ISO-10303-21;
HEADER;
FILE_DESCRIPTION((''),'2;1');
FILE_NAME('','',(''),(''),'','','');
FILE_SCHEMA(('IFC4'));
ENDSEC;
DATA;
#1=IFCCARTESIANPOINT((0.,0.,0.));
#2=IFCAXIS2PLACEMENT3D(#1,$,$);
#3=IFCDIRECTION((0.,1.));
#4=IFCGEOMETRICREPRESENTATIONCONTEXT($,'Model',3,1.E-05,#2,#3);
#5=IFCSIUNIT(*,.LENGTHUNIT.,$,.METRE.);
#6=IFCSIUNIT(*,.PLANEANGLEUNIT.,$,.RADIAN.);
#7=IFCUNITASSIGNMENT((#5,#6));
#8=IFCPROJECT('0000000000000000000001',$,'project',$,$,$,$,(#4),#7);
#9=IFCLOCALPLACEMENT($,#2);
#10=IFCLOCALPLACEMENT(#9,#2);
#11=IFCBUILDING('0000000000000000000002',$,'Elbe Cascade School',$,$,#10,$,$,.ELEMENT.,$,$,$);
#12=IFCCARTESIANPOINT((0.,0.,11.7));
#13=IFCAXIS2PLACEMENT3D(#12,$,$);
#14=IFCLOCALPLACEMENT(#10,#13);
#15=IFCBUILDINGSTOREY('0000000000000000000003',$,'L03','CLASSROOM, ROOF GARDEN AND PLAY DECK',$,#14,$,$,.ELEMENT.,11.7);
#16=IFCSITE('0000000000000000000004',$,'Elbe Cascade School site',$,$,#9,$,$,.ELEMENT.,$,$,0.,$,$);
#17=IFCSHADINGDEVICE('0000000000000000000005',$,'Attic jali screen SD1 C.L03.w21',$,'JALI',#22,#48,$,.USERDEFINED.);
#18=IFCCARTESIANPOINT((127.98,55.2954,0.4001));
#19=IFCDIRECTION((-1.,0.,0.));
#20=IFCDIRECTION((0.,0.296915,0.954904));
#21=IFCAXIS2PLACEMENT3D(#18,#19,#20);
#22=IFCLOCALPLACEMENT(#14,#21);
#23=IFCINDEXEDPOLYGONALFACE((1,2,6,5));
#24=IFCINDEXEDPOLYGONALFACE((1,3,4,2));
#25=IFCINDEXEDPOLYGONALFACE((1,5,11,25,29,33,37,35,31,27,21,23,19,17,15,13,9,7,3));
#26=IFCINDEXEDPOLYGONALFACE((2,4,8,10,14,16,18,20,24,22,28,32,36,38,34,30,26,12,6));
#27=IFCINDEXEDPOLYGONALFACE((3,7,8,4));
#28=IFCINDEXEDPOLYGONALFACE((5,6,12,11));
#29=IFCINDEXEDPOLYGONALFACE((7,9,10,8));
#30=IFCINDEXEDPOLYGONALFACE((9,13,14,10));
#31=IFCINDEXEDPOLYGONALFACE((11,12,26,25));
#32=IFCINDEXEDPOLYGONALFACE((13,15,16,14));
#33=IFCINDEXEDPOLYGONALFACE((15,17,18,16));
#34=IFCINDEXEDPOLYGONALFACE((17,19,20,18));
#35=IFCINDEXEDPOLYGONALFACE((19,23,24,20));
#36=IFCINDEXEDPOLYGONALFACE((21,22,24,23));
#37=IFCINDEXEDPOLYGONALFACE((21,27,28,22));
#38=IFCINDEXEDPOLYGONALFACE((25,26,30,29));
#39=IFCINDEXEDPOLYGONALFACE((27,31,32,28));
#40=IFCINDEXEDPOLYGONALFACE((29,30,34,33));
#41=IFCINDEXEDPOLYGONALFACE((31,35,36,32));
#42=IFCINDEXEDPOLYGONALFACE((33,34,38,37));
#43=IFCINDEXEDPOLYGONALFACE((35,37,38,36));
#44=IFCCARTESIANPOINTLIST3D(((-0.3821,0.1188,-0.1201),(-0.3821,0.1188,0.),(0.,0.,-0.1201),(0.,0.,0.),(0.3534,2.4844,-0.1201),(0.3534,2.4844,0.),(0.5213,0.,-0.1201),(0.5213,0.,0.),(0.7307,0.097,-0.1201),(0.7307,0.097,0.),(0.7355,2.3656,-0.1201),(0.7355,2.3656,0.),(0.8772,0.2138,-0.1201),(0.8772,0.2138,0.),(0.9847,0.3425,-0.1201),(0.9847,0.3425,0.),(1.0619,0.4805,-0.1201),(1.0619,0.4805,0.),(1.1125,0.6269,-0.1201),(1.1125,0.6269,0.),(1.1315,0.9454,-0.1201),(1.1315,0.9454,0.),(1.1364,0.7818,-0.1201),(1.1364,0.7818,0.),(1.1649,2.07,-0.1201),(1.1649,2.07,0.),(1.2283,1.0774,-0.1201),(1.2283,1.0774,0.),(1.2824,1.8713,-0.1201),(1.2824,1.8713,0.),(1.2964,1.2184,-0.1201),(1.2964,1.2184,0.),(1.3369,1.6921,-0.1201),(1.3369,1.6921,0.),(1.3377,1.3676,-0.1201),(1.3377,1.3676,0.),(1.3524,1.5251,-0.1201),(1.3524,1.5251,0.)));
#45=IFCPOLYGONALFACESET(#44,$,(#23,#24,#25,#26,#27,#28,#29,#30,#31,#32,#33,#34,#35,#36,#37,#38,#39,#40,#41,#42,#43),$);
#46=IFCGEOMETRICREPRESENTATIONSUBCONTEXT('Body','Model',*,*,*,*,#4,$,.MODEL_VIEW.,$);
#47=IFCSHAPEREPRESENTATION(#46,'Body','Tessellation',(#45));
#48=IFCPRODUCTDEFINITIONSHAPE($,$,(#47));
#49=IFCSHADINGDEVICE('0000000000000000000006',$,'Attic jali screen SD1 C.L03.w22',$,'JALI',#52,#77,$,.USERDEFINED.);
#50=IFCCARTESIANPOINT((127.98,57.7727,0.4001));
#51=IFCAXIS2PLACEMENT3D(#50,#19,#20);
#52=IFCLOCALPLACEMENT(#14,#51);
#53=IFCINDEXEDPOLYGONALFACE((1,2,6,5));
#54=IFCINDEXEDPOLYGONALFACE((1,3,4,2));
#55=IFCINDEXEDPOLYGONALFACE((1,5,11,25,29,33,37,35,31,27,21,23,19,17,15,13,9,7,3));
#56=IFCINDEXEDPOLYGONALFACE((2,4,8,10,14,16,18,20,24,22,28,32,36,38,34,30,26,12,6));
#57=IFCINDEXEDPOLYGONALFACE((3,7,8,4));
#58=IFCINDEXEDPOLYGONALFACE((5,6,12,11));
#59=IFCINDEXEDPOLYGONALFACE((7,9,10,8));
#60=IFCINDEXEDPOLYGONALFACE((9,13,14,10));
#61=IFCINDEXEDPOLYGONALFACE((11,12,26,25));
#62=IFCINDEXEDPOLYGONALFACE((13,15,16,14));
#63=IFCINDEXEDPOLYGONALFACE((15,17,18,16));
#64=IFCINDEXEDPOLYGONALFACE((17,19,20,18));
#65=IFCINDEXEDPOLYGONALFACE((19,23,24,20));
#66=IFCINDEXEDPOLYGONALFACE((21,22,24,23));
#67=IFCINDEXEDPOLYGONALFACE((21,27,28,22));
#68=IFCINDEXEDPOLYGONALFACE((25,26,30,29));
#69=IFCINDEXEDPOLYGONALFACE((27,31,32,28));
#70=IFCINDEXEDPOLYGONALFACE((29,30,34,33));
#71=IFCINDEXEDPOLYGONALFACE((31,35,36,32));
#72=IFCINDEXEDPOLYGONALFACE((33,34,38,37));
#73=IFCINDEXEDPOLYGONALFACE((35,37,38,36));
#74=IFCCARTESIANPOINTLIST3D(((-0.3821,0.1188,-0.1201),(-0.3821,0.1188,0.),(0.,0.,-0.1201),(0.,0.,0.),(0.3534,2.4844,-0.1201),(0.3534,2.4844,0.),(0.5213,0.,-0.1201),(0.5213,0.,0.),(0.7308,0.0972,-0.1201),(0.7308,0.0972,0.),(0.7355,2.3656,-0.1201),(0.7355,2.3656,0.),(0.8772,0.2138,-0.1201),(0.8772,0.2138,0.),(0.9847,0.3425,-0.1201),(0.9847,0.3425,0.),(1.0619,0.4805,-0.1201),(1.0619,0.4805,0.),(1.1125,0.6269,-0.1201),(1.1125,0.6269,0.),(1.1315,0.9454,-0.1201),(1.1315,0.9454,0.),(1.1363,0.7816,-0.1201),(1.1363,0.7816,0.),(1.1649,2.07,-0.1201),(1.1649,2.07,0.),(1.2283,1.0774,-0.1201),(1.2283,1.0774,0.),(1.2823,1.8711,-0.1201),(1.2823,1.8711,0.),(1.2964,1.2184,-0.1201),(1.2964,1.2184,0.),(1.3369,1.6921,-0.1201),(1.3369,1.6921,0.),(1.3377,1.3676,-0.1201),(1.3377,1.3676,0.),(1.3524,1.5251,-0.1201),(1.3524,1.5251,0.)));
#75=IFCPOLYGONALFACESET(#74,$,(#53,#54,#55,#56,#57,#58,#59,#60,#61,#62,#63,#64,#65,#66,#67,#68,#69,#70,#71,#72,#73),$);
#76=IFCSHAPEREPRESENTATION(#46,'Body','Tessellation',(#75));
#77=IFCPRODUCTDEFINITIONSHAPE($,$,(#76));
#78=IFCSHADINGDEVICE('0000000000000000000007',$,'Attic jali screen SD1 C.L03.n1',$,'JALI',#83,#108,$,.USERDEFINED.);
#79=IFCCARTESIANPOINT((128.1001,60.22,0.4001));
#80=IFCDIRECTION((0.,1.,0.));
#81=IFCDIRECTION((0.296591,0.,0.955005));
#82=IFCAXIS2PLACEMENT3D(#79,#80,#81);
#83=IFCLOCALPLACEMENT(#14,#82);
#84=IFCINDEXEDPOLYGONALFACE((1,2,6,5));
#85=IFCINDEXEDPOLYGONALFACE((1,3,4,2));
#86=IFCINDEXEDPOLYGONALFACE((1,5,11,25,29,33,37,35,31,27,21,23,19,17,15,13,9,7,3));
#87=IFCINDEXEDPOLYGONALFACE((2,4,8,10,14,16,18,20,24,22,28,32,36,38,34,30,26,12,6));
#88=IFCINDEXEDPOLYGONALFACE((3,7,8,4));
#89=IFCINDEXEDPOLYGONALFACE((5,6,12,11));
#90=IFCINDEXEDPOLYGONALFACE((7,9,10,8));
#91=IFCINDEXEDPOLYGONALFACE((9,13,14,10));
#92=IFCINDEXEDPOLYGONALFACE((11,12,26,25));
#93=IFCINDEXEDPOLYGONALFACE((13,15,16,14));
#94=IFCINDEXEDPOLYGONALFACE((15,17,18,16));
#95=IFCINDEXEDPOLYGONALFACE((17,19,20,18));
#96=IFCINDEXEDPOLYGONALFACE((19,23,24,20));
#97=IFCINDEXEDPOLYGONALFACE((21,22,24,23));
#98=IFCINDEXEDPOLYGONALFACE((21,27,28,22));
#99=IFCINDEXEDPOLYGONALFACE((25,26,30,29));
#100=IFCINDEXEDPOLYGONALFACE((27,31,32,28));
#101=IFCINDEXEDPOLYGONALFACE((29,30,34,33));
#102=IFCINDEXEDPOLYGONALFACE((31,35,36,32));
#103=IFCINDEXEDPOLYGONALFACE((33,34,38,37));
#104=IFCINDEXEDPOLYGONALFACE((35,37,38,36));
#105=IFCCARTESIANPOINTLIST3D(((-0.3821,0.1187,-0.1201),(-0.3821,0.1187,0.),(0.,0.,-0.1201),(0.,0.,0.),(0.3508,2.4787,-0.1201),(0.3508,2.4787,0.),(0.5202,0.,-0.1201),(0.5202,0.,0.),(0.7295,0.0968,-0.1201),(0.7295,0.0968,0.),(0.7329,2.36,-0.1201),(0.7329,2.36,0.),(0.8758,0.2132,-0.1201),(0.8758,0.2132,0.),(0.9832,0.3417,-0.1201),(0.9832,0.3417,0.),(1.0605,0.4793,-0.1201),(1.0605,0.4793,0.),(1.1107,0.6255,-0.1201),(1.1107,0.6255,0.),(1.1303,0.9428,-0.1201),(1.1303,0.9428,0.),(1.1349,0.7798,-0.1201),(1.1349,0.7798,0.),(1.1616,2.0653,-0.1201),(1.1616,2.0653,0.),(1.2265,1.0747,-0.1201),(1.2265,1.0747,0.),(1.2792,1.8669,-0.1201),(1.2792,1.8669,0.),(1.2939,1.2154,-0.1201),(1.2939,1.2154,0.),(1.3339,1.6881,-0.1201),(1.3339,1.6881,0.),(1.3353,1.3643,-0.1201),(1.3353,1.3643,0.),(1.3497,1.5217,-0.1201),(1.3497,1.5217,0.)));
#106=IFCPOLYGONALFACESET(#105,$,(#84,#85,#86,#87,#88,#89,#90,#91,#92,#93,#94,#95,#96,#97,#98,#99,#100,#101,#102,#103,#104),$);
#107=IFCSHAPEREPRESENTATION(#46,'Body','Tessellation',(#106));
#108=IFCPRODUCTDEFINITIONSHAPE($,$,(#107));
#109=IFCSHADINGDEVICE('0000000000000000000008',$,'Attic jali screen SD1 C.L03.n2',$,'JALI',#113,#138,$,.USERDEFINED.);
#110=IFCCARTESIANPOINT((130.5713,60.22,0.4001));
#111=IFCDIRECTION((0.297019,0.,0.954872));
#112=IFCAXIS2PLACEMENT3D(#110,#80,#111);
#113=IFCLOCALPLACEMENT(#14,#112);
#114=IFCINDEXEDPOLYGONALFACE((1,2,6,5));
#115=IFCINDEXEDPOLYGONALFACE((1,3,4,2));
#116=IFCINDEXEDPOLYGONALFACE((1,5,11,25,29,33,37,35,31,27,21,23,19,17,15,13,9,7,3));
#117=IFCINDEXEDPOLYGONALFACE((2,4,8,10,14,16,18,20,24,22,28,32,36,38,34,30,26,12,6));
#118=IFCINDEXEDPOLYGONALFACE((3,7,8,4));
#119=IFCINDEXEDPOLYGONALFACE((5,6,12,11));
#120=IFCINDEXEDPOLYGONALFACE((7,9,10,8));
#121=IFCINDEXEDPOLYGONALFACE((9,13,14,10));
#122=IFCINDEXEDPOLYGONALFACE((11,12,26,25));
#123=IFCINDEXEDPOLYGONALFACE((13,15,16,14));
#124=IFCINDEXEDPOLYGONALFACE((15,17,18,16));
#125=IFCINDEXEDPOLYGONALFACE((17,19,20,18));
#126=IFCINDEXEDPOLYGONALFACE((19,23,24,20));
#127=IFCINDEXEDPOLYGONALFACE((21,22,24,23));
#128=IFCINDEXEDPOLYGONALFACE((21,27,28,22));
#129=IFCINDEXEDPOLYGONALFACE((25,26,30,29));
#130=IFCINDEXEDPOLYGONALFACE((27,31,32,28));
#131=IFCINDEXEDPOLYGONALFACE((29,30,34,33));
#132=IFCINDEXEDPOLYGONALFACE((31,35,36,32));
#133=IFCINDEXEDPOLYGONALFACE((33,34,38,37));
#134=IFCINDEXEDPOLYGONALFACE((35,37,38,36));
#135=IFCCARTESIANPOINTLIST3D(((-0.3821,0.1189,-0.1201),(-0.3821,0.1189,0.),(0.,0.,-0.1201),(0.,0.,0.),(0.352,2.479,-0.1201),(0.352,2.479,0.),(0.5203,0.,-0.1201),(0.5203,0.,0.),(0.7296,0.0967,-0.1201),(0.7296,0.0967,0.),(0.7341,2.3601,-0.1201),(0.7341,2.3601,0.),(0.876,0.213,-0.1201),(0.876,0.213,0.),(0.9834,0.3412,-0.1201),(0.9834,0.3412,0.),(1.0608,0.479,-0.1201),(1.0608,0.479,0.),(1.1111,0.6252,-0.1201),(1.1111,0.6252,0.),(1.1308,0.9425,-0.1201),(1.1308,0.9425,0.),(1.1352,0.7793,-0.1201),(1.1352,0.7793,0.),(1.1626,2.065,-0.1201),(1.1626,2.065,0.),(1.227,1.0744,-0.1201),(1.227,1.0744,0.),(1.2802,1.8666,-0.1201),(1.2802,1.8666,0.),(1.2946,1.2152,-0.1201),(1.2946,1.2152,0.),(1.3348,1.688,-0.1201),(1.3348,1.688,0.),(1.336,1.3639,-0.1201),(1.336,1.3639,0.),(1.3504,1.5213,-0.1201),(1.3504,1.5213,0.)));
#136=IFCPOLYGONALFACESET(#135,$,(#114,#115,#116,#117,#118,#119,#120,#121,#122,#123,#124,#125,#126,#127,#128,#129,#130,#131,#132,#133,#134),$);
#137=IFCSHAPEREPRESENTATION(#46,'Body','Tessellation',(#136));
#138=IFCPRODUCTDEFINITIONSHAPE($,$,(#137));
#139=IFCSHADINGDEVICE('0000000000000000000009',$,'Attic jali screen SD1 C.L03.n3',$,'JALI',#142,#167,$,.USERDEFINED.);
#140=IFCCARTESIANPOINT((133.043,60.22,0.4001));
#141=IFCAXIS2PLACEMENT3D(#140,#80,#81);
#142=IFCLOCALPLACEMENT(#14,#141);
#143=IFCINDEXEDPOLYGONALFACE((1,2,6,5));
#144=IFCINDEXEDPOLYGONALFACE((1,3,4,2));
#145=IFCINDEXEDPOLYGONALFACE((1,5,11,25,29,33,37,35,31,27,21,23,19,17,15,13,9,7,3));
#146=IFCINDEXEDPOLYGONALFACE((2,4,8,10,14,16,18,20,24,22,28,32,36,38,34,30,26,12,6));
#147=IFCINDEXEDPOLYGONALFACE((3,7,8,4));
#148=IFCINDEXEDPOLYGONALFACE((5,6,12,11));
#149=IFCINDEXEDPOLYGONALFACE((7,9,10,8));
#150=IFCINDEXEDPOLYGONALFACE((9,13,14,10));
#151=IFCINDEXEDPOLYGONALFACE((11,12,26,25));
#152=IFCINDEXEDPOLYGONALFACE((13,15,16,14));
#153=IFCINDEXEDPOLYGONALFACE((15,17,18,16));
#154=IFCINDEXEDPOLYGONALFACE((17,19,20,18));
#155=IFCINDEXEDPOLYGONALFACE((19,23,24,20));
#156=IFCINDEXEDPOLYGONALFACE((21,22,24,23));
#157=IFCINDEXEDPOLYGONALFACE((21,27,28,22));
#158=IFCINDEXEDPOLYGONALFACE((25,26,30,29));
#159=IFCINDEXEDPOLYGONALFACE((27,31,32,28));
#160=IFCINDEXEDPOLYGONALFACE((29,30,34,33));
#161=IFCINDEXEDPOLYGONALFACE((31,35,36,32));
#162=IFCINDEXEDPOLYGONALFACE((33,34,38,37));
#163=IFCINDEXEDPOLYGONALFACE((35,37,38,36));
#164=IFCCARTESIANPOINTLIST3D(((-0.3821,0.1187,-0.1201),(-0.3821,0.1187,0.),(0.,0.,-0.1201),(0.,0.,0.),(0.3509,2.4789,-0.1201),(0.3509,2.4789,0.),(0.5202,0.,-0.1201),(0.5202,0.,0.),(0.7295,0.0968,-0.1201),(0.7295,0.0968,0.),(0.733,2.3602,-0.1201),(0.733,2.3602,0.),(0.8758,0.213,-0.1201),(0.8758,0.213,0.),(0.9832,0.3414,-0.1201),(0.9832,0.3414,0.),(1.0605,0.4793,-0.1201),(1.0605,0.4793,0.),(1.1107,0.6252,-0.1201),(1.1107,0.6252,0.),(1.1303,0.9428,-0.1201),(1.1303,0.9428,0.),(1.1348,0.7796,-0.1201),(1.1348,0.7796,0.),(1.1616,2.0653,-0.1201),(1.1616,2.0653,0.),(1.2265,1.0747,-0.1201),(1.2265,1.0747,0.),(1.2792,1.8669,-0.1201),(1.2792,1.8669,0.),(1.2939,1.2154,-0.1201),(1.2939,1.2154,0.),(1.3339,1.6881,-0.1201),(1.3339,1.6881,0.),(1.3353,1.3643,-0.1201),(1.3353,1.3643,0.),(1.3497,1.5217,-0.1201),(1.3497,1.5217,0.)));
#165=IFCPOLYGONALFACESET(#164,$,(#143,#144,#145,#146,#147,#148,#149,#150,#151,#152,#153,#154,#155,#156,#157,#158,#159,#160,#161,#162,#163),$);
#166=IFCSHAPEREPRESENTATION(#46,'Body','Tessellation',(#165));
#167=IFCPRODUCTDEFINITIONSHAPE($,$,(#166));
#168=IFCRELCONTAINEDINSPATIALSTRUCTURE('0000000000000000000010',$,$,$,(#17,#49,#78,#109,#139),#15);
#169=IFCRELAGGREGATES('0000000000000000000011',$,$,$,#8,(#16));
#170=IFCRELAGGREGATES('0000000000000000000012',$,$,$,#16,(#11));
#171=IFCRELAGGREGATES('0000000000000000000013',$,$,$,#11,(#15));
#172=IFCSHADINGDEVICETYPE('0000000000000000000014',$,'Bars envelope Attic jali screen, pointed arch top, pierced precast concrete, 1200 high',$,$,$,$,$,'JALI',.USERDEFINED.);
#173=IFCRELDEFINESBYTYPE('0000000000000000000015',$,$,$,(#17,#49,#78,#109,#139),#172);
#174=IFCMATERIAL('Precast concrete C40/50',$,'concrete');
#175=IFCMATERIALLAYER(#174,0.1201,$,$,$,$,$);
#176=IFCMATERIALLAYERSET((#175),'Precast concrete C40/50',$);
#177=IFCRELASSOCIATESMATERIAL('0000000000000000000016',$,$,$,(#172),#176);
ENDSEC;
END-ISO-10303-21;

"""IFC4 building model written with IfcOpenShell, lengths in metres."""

from ifc_helpers import new_model, si_unit, direction, frame, origin, place, context, subcontext, project, spatial, polyline, outline, extrude, material, layer, layer_set, type_object, element, save


model = new_model("IFC4")

# Units and contexts
model_context = context("Model", 3, precision=1e-05, world=origin(), true_north=direction((0.0, 1.0)))
body_context = subcontext(model_context, "Body", "Model", "MODEL_VIEW")
ifc_project = project(units=[si_unit("LENGTHUNIT", "METRE"), si_unit("PLANEANGLEUNIT", "RADIAN")], contexts=[model_context])

# Site, building, storey
site_placement = place(None, origin())
site = spatial("IfcSite", under=ifc_project, at=site_placement, Name="Elbe Cascade School site", CompositionType="ELEMENT", RefElevation=0.0)
building_placement = place(site_placement, origin())
building = spatial("IfcBuilding", under=site, at=building_placement, Name="Elbe Cascade School", CompositionType="ELEMENT")
storey_placement = place(building_placement, frame((0.0, 0.0, 11.7)))
storey = spatial("IfcBuildingStorey", under=building, at=storey_placement, Name="L03", Description="CLASSROOM, ROOF GARDEN AND PLAY DECK", CompositionType="ELEMENT", Elevation=11.7)

# Shading devices
ifc_material_1 = material(Name="Precast concrete C40/50", Category="concrete")
ifc_layer_1 = layer(ifc_material_1, 0.1201)
ifc_layer_set_1 = layer_set([ifc_layer_1], Name="Precast concrete C40/50")
shading_device_type_1 = type_object("IfcShadingDeviceType", Name="Bars envelope Attic jali screen, pointed arch top, pierced precast concrete, 1200 high", ElementType="JALI", PredefinedType="USERDEFINED", material=ifc_layer_set_1)
shading_device_1_placement = place(storey_placement, frame((127.98, 55.2954, 0.4001), z_axis=(-1.0, 0.0, 0.0), x_axis=(0.0, 0.296915, 0.954904)))
element("IfcShadingDevice", 1, at=shading_device_1_placement, inside=storey, type_object=shading_device_type_1, Name="Attic jali screen SD1 C.L03.w21", ObjectType="JALI", PredefinedType="USERDEFINED", context=body_context, shape_type="SweptSolid", body=[
    extrude(outline(polyline([(0.0, 0.0), (0.5213, 0.0), (0.7307, 0.097), (0.8772, 0.2138), (0.9847, 0.3425), (1.0619, 0.4805), (1.1125, 0.6269), (1.1364, 0.7818), (1.1315, 0.9454), (1.2283, 1.0774), (1.2964, 1.2184), (1.3377, 1.3676), (1.3524, 1.5251), (1.3369, 1.6921), (1.2824, 1.8713), (1.1649, 2.07), (0.7355, 2.3656), (0.3534, 2.4844), (-0.3821, 0.1188), (0.0, 0.0)])), origin(), (0.0, 0.0, -1.0), 0.1201),
])
shading_device_2_placement = place(storey_placement, frame((127.98, 57.7727, 0.4001), z_axis=(-1.0, 0.0, 0.0), x_axis=(0.0, 0.296915, 0.954904)))
element("IfcShadingDevice", 2, at=shading_device_2_placement, inside=storey, type_object=shading_device_type_1, Name="Attic jali screen SD1 C.L03.w22", ObjectType="JALI", PredefinedType="USERDEFINED", context=body_context, shape_type="SweptSolid", body=[
    extrude(outline(polyline([(0.0, 0.0), (0.5213, 0.0), (0.7308, 0.0972), (0.8772, 0.2138), (0.9847, 0.3425), (1.0619, 0.4805), (1.1125, 0.6269), (1.1363, 0.7816), (1.1315, 0.9454), (1.2283, 1.0774), (1.2964, 1.2184), (1.3377, 1.3676), (1.3524, 1.5251), (1.3369, 1.6921), (1.2823, 1.8711), (1.1649, 2.07), (0.7355, 2.3656), (0.3534, 2.4844), (-0.3821, 0.1188), (0.0, 0.0)])), origin(), (0.0, 0.0, -1.0), 0.1201),
])
shading_device_3_placement = place(storey_placement, frame((128.1001, 60.22, 0.4001), z_axis=(0.0, 1.0, 0.0), x_axis=(0.296591, 0.0, 0.955005)))
element("IfcShadingDevice", 3, at=shading_device_3_placement, inside=storey, type_object=shading_device_type_1, Name="Attic jali screen SD1 C.L03.n1", ObjectType="JALI", PredefinedType="USERDEFINED", context=body_context, shape_type="SweptSolid", body=[
    extrude(outline(polyline([(0.0, 0.0), (0.5202, 0.0), (0.7295, 0.0968), (0.8758, 0.2132), (0.9832, 0.3417), (1.0605, 0.4793), (1.1107, 0.6255), (1.1349, 0.7798), (1.1303, 0.9428), (1.2265, 1.0747), (1.2939, 1.2154), (1.3353, 1.3643), (1.3497, 1.5217), (1.3339, 1.6881), (1.2792, 1.8669), (1.1616, 2.0653), (0.7329, 2.36), (0.3508, 2.4787), (-0.3821, 0.1187), (0.0, 0.0)])), origin(), (0.0, 0.0, -1.0), 0.1201),
])
shading_device_4_placement = place(storey_placement, frame((130.5713, 60.22, 0.4001), z_axis=(0.0, 1.0, 0.0), x_axis=(0.297019, 0.0, 0.954872)))
element("IfcShadingDevice", 4, at=shading_device_4_placement, inside=storey, type_object=shading_device_type_1, Name="Attic jali screen SD1 C.L03.n2", ObjectType="JALI", PredefinedType="USERDEFINED", context=body_context, shape_type="SweptSolid", body=[
    extrude(outline(polyline([(0.0, 0.0), (0.5203, 0.0), (0.7296, 0.0967), (0.876, 0.213), (0.9834, 0.3412), (1.0608, 0.479), (1.1111, 0.6252), (1.1352, 0.7793), (1.1308, 0.9425), (1.227, 1.0744), (1.2946, 1.2152), (1.336, 1.3639), (1.3504, 1.5213), (1.3348, 1.688), (1.2802, 1.8666), (1.1626, 2.065), (0.7341, 2.3601), (0.352, 2.479), (-0.3821, 0.1189), (0.0, 0.0)])), origin(), (0.0, 0.0, -1.0), 0.1201),
])
shading_device_5_placement = place(storey_placement, frame((133.043, 60.22, 0.4001), z_axis=(0.0, 1.0, 0.0), x_axis=(0.296591, 0.0, 0.955005)))
element("IfcShadingDevice", 5, at=shading_device_5_placement, inside=storey, type_object=shading_device_type_1, Name="Attic jali screen SD1 C.L03.n3", ObjectType="JALI", PredefinedType="USERDEFINED", context=body_context, shape_type="SweptSolid", body=[
    extrude(outline(polyline([(0.0, 0.0), (0.5202, 0.0), (0.7295, 0.0968), (0.8758, 0.213), (0.9832, 0.3414), (1.0605, 0.4793), (1.1107, 0.6252), (1.1348, 0.7796), (1.1303, 0.9428), (1.2265, 1.0747), (1.2939, 1.2154), (1.3353, 1.3643), (1.3497, 1.5217), (1.3339, 1.6881), (1.2792, 1.8669), (1.1616, 2.0653), (0.733, 2.3602), (0.3509, 2.4789), (-0.3821, 0.1187), (0.0, 0.0)])), origin(), (0.0, 0.0, -1.0), 0.1201),
])

save(model, "model.ifc")
